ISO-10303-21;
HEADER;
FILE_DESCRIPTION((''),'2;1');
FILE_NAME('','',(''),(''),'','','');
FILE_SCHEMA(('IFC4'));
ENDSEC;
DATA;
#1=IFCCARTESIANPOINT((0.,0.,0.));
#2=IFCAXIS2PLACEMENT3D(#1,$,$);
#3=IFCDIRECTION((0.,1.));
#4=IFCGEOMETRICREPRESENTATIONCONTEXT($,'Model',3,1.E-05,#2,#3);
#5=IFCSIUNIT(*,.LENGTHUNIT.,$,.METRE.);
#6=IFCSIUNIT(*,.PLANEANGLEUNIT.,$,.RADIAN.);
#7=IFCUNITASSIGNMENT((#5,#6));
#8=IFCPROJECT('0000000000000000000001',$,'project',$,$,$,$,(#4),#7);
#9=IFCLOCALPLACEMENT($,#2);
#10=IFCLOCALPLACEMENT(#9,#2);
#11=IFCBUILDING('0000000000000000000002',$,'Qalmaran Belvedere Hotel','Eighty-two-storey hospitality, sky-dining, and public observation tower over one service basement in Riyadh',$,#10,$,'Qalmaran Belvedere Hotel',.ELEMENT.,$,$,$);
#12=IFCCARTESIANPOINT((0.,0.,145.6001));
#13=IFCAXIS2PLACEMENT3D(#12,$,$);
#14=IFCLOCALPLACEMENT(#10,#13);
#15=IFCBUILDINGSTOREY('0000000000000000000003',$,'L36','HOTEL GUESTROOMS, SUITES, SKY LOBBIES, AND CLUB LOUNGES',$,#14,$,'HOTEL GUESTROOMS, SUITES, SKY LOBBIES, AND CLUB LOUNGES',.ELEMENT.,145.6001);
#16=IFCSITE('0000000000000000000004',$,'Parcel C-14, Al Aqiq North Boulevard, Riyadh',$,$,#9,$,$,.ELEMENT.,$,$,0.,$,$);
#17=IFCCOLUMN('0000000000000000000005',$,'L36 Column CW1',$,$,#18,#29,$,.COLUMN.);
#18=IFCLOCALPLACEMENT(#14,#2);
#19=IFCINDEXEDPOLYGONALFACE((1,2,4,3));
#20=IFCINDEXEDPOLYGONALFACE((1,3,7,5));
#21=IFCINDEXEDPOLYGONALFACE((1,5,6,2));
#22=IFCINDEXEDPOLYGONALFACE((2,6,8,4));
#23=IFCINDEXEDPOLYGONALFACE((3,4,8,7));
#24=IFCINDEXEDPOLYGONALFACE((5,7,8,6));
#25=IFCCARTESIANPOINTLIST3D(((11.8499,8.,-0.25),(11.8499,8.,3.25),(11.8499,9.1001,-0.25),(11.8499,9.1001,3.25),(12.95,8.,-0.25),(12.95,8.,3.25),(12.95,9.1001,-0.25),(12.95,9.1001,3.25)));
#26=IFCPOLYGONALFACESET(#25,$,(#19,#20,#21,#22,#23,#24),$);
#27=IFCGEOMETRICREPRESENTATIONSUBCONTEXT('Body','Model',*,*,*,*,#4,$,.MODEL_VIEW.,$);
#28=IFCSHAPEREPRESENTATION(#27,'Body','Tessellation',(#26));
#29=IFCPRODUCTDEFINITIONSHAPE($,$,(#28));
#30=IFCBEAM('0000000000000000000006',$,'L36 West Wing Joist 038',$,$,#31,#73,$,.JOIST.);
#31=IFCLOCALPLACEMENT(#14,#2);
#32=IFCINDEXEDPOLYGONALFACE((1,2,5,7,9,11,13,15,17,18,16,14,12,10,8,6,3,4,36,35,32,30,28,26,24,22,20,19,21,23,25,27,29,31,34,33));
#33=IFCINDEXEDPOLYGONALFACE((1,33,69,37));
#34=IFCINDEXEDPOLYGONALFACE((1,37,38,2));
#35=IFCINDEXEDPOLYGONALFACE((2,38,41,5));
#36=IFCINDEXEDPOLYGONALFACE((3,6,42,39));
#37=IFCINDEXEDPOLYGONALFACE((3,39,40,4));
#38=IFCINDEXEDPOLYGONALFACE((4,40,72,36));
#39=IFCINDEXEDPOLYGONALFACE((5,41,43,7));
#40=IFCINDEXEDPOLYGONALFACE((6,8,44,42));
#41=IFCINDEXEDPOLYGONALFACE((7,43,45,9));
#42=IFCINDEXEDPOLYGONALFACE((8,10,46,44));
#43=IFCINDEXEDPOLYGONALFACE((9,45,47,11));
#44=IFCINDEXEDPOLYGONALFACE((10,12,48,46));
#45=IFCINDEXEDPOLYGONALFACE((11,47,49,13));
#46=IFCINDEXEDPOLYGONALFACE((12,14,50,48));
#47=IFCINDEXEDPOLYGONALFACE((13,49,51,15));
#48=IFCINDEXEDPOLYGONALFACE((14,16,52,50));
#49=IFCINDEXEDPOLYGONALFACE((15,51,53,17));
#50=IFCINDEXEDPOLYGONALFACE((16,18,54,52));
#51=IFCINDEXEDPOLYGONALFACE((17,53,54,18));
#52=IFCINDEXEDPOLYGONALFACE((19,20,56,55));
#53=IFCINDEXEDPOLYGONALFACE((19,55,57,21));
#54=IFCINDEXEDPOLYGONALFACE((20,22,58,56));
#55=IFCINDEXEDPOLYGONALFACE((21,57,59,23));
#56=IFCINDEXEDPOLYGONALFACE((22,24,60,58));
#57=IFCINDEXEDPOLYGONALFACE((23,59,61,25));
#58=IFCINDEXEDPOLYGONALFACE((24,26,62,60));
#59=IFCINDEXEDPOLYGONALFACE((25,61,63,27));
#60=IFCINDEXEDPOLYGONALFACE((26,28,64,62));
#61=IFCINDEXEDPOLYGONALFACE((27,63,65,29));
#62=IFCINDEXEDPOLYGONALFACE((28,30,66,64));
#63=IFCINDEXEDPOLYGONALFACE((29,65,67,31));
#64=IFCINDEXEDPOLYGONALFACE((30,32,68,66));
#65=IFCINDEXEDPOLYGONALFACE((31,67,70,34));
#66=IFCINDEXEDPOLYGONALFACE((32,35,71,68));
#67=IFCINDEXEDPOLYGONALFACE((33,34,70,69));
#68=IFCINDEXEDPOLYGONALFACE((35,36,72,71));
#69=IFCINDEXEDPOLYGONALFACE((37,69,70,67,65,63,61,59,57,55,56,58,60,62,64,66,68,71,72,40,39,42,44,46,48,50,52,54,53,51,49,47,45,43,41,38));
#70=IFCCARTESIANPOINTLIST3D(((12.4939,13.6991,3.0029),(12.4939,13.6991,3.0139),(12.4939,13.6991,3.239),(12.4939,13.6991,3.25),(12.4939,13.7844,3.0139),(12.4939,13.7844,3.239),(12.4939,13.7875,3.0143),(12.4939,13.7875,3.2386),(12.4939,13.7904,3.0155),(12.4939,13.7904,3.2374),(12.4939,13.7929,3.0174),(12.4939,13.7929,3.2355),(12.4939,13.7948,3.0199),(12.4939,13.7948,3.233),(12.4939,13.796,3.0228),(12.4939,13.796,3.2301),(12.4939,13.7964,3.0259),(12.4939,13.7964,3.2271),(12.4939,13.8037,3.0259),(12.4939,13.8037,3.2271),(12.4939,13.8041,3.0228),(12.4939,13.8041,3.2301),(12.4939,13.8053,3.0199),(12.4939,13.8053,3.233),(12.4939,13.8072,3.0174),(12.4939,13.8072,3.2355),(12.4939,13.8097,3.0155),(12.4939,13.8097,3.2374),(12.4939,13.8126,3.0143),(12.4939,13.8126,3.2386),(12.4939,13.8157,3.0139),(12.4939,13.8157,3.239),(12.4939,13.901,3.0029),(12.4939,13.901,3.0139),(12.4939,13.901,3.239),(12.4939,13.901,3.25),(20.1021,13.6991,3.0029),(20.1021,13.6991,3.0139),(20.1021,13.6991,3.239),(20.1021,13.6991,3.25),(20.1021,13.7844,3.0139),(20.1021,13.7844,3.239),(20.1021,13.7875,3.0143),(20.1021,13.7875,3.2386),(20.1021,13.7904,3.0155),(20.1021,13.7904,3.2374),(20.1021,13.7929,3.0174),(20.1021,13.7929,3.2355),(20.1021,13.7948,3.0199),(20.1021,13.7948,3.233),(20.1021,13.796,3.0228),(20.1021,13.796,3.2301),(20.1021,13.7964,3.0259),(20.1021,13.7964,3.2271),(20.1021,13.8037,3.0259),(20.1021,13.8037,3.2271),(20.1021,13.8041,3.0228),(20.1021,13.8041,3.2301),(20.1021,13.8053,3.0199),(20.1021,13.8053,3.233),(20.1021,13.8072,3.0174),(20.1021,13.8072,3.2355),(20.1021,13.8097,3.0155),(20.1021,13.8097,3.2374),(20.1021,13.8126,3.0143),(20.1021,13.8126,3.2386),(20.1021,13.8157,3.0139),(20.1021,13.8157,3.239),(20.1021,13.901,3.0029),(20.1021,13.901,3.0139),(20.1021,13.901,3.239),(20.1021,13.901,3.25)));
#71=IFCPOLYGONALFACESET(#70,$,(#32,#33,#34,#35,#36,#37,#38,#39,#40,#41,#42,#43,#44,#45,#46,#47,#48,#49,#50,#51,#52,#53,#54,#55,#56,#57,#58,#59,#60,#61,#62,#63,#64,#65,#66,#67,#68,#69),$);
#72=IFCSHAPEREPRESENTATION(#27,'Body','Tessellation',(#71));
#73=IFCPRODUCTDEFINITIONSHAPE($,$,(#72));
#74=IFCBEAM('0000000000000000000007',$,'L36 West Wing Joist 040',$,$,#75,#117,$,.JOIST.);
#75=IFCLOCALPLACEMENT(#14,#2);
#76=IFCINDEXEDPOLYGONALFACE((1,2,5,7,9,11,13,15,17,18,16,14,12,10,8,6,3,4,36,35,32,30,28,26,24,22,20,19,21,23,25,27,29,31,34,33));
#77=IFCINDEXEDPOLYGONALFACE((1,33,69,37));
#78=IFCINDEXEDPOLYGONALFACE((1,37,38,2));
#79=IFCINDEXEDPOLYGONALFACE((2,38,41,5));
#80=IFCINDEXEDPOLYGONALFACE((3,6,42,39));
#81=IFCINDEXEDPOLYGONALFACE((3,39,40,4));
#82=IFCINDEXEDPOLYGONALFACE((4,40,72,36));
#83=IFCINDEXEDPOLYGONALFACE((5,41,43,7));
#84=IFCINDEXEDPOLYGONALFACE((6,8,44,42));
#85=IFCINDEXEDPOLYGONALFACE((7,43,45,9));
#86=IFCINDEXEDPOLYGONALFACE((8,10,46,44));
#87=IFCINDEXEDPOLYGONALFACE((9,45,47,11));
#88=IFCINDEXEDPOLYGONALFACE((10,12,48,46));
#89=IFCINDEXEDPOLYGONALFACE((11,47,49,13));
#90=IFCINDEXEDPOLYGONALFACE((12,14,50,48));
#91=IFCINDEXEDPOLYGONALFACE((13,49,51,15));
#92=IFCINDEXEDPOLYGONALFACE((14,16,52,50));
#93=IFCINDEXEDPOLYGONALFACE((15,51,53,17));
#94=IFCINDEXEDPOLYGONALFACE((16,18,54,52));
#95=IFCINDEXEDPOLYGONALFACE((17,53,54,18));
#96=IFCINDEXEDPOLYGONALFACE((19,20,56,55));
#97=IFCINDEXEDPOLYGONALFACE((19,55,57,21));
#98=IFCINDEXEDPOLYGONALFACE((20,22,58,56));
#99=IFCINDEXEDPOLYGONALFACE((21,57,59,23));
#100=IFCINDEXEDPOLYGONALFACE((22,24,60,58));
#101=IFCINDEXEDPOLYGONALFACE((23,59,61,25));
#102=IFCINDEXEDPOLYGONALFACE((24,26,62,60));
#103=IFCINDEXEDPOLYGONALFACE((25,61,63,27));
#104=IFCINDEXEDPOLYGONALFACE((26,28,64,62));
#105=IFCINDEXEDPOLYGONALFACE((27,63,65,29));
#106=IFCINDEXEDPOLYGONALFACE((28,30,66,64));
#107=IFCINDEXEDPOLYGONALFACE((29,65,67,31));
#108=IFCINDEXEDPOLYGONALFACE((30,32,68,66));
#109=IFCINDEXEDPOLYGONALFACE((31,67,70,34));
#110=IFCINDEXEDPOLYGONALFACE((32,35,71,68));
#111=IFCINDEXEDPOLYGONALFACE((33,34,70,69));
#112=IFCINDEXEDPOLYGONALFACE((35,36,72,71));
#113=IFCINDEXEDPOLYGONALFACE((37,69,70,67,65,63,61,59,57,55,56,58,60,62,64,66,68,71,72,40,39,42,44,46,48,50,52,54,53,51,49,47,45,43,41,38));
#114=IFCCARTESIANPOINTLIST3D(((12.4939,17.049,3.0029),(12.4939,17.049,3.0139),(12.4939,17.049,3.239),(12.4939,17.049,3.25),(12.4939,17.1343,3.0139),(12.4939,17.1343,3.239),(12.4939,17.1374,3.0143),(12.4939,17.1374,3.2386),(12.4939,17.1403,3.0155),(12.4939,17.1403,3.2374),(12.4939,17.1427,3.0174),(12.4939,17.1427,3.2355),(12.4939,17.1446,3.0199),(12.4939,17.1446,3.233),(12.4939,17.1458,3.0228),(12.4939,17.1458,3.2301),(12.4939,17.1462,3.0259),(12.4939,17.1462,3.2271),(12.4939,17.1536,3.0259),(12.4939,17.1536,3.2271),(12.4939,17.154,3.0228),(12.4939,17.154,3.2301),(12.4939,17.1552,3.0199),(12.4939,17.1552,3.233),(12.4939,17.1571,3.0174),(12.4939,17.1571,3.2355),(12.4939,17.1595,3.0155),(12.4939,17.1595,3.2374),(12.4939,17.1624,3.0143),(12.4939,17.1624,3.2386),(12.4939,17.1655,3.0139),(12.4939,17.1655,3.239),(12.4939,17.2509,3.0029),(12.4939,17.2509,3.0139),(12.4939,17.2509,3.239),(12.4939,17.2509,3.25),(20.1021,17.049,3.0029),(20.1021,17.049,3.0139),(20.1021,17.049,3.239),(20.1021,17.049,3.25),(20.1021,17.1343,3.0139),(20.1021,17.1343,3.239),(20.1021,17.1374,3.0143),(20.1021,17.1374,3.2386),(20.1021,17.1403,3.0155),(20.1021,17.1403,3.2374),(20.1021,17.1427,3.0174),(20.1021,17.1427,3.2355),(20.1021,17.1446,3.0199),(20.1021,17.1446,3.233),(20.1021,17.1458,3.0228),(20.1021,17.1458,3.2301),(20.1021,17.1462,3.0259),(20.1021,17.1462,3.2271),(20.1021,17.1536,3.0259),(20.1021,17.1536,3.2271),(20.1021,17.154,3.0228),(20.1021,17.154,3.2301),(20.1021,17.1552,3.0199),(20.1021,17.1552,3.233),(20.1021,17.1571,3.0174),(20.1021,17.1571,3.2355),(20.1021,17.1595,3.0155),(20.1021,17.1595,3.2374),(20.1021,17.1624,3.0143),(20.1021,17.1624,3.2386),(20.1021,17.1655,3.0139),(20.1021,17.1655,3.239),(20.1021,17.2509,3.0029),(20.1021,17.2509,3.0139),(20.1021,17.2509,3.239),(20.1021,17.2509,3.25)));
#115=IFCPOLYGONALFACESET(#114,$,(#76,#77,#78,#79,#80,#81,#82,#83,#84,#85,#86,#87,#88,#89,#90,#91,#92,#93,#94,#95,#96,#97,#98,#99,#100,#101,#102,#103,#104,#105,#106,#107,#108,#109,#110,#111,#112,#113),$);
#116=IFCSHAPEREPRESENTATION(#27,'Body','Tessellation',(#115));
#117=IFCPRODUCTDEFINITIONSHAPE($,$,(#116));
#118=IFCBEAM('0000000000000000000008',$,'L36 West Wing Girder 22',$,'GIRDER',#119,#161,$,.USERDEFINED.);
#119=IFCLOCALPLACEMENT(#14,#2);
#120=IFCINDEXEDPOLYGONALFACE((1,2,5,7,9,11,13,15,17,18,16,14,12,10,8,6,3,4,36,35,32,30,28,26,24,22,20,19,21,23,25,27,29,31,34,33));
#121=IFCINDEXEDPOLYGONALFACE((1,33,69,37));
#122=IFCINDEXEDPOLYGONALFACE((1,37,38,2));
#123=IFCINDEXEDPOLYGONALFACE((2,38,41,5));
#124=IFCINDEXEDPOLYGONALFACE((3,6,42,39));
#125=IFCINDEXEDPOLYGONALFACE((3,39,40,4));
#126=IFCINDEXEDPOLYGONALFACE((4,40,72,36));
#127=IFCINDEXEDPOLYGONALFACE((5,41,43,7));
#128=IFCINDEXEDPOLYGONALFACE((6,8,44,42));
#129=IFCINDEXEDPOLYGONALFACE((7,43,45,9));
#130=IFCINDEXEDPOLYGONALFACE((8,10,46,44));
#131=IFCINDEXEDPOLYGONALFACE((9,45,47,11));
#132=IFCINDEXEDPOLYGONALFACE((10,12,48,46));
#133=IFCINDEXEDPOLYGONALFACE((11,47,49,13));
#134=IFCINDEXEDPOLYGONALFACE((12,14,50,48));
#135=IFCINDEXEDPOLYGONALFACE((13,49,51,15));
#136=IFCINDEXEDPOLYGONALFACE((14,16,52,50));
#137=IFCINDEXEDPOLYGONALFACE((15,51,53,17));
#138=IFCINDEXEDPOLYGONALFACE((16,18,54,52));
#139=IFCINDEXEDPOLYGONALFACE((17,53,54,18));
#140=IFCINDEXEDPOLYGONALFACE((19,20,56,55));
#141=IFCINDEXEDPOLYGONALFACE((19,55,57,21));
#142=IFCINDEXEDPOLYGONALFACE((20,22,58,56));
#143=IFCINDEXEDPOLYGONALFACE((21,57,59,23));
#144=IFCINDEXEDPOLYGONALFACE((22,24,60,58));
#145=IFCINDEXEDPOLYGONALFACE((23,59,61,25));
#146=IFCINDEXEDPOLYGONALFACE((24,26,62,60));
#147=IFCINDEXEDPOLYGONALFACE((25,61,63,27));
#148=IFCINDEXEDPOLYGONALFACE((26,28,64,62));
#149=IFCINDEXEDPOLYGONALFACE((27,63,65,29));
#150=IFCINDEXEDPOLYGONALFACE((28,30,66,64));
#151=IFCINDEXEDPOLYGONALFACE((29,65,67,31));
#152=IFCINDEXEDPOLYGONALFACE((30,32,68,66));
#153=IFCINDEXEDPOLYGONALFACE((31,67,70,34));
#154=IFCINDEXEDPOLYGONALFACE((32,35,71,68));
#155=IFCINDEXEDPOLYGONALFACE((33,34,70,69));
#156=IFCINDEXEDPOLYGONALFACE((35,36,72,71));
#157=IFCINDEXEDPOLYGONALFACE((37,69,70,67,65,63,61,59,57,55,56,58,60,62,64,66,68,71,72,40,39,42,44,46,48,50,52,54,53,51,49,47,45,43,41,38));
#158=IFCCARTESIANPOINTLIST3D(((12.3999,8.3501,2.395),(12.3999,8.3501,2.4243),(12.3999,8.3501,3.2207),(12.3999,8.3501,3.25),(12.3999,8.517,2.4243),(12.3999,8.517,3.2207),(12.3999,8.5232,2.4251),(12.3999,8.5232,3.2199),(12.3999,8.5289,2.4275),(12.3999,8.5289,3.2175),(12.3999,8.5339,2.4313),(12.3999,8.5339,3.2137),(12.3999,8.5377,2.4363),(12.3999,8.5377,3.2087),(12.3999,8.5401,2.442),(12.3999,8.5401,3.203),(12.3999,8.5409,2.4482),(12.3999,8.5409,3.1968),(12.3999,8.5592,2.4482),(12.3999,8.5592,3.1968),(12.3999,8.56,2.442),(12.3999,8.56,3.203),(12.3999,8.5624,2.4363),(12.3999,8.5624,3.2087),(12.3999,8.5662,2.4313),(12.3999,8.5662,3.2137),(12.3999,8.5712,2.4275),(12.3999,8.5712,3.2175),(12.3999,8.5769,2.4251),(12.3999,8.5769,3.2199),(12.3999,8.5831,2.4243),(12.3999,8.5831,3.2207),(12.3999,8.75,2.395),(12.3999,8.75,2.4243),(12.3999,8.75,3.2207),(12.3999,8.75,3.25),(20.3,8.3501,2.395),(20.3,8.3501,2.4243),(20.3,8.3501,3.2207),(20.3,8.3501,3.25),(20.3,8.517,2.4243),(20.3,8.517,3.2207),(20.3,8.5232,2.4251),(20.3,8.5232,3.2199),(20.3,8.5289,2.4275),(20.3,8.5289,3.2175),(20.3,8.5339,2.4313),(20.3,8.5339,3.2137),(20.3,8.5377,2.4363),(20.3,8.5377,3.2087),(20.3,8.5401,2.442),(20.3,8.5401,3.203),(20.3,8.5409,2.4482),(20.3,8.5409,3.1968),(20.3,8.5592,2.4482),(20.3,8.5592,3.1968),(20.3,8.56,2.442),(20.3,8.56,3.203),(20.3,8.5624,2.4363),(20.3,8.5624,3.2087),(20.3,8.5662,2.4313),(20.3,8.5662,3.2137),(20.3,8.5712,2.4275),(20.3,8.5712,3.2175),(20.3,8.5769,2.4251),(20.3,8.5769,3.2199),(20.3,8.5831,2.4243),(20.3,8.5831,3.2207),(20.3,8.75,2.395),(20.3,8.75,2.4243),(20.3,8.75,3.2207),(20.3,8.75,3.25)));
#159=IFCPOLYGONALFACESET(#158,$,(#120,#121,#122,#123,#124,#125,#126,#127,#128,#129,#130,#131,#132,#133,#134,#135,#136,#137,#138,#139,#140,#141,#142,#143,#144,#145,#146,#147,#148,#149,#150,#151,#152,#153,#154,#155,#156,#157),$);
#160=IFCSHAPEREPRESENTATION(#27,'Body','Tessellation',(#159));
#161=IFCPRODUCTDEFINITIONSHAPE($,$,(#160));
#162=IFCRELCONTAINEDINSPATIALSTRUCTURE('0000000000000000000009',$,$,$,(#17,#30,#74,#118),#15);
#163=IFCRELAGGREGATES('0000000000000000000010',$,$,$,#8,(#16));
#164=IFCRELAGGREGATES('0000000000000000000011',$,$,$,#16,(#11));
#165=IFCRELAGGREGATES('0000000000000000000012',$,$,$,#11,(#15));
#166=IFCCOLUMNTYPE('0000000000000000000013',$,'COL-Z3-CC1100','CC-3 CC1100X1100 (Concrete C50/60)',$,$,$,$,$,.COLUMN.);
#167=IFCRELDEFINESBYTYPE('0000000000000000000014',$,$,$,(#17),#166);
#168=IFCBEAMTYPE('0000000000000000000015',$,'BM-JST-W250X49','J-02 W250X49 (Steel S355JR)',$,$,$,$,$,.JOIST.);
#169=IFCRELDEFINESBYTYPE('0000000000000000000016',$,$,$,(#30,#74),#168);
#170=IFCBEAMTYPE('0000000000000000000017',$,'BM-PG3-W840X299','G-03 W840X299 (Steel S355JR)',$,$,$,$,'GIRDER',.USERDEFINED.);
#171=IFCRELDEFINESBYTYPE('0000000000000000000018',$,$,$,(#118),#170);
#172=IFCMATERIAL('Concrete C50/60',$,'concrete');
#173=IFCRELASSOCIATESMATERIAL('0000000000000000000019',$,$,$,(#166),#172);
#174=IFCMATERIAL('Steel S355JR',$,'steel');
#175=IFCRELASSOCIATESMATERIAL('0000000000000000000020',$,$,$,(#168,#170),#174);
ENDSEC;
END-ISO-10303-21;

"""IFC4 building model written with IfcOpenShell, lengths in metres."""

from ifc_helpers import new_model, si_unit, direction, frame, origin, origin_2d, place, context, subcontext, project, spatial, rectangle, i_section, extrude, material, material_profile, profile_set, type_object, element, save


model = new_model("IFC4")

# Units and contexts
model_context = context("Model", 3, precision=1e-05, world=origin(), true_north=direction((0.0, 1.0)))
body_context = subcontext(model_context, "Body", "Model", "MODEL_VIEW")
ifc_project = project(units=[si_unit("LENGTHUNIT", "METRE"), si_unit("PLANEANGLEUNIT", "RADIAN")], contexts=[model_context])

# Site, building, storey
site_placement = place(None, origin())
site = spatial("IfcSite", under=ifc_project, at=site_placement, Name="Parcel C-14, Al Aqiq North Boulevard, Riyadh", CompositionType="ELEMENT", RefElevation=0.0)
building_placement = place(site_placement, origin())
building = spatial("IfcBuilding", under=site, at=building_placement, Name="Qalmaran Belvedere Hotel", Description="Eighty-two-storey hospitality, sky-dining, and public observation tower over one service basement in Riyadh", LongName="Qalmaran Belvedere Hotel", CompositionType="ELEMENT")
storey_placement = place(building_placement, frame((0.0, 0.0, 145.6001)))
storey = spatial("IfcBuildingStorey", under=building, at=storey_placement, Name="L36", Description="HOTEL GUESTROOMS, SUITES, SKY LOBBIES, AND CLUB LOUNGES", LongName="HOTEL GUESTROOMS, SUITES, SKY LOBBIES, AND CLUB LOUNGES", CompositionType="ELEMENT", Elevation=145.6001)

# Column
ifc_material_1 = material(Name="Concrete C50/60", Category="concrete")
ifc_material_profile_1 = material_profile(ifc_material_1, rectangle(XDim=1.1001, YDim=1.1001, at=origin_2d()), Name="CC1100X1100")
ifc_profile_set_1 = profile_set([ifc_material_profile_1], Name="Concrete C50/60")
column_type = type_object("IfcColumnType", Name="COL-Z3-CC1100", Description="CC-3 CC1100X1100 (Concrete C50/60)", PredefinedType="COLUMN", material=ifc_profile_set_1)
column_placement = place(storey_placement, frame((12.3999, 8.55, -0.25), z_axis=(0.0, 0.0, 1.0), x_axis=(1.0, 0.0, 0.0)))
element("IfcColumn", 1, at=column_placement, inside=storey, type_object=column_type, Name="L36 Column CW1", PredefinedType="COLUMN", context=body_context, shape_type="SweptSolid", body=[
    extrude(rectangle(XDim=1.1001, YDim=1.1001, at=origin_2d()), origin(), (0.0, 0.0, 1.0), 3.5),
])

# Beams
ifc_material_2 = material(Name="Steel S355JR", Category="steel")
ifc_material_profile_2 = material_profile(ifc_material_2, i_section(OverallWidth=0.2019, OverallDepth=0.2471, WebThickness=0.0073, FlangeThickness=0.011, FilletRadius=0.012, at=origin_2d()), Name="W250X49")
ifc_profile_set_2 = profile_set([ifc_material_profile_2], Name="Steel S355JR")
beam_type_1 = type_object("IfcBeamType", Name="BM-JST-W250X49", Description="J-02 W250X49 (Steel S355JR)", PredefinedType="JOIST", material=ifc_profile_set_2)
for number, where, z_axis, x_axis, name in (
    (2, (12.4939, 13.8, 3.1265), (1.0, 0.0, 0.0), (0.0, 1.0, 0.0), "L36 West Wing Joist 038"),
    (3, (12.4939, 17.1499, 3.1265), (1.0, 0.0, 0.0), (0.0, 1.0, 0.0), "L36 West Wing Joist 040"),
):
    element("IfcBeam", number, at=place(storey_placement, frame(where, z_axis=z_axis, x_axis=x_axis)), inside=storey, type_object=beam_type_1, Name=name, PredefinedType="JOIST", context=body_context, shape_type="SweptSolid", body=[
        extrude(i_section(OverallWidth=0.2019, OverallDepth=0.2471, WebThickness=0.0073, FlangeThickness=0.011, FilletRadius=0.012, at=origin_2d()), origin(), (0.0, 0.0, 1.0), 7.6082),
    ])
ifc_material_profile_3 = material_profile(ifc_material_2, i_section(OverallWidth=0.3999, OverallDepth=0.855, WebThickness=0.0183, FlangeThickness=0.0293, FilletRadius=0.0239, at=origin_2d()), Name="W840X299")
ifc_profile_set_3 = profile_set([ifc_material_profile_3], Name="Steel S355JR")
beam_type_2 = type_object("IfcBeamType", Name="BM-PG3-W840X299", Description="G-03 W840X299 (Steel S355JR)", ElementType="GIRDER", PredefinedType="USERDEFINED", material=ifc_profile_set_3)
beam_1_placement = place(storey_placement, frame((12.3999, 8.55, 2.8225), z_axis=(1.0, 0.0, 0.0), x_axis=(0.0, 1.0, 0.0)))
element("IfcBeam", 4, at=beam_1_placement, inside=storey, type_object=beam_type_2, Name="L36 West Wing Girder 22", ObjectType="GIRDER", PredefinedType="USERDEFINED", context=body_context, shape_type="SweptSolid", body=[
    extrude(i_section(OverallWidth=0.3999, OverallDepth=0.855, WebThickness=0.0183, FlangeThickness=0.0293, FilletRadius=0.0239, at=origin_2d()), origin(), (0.0, 0.0, 1.0), 7.9001),
])

save(model, "model.ifc")
